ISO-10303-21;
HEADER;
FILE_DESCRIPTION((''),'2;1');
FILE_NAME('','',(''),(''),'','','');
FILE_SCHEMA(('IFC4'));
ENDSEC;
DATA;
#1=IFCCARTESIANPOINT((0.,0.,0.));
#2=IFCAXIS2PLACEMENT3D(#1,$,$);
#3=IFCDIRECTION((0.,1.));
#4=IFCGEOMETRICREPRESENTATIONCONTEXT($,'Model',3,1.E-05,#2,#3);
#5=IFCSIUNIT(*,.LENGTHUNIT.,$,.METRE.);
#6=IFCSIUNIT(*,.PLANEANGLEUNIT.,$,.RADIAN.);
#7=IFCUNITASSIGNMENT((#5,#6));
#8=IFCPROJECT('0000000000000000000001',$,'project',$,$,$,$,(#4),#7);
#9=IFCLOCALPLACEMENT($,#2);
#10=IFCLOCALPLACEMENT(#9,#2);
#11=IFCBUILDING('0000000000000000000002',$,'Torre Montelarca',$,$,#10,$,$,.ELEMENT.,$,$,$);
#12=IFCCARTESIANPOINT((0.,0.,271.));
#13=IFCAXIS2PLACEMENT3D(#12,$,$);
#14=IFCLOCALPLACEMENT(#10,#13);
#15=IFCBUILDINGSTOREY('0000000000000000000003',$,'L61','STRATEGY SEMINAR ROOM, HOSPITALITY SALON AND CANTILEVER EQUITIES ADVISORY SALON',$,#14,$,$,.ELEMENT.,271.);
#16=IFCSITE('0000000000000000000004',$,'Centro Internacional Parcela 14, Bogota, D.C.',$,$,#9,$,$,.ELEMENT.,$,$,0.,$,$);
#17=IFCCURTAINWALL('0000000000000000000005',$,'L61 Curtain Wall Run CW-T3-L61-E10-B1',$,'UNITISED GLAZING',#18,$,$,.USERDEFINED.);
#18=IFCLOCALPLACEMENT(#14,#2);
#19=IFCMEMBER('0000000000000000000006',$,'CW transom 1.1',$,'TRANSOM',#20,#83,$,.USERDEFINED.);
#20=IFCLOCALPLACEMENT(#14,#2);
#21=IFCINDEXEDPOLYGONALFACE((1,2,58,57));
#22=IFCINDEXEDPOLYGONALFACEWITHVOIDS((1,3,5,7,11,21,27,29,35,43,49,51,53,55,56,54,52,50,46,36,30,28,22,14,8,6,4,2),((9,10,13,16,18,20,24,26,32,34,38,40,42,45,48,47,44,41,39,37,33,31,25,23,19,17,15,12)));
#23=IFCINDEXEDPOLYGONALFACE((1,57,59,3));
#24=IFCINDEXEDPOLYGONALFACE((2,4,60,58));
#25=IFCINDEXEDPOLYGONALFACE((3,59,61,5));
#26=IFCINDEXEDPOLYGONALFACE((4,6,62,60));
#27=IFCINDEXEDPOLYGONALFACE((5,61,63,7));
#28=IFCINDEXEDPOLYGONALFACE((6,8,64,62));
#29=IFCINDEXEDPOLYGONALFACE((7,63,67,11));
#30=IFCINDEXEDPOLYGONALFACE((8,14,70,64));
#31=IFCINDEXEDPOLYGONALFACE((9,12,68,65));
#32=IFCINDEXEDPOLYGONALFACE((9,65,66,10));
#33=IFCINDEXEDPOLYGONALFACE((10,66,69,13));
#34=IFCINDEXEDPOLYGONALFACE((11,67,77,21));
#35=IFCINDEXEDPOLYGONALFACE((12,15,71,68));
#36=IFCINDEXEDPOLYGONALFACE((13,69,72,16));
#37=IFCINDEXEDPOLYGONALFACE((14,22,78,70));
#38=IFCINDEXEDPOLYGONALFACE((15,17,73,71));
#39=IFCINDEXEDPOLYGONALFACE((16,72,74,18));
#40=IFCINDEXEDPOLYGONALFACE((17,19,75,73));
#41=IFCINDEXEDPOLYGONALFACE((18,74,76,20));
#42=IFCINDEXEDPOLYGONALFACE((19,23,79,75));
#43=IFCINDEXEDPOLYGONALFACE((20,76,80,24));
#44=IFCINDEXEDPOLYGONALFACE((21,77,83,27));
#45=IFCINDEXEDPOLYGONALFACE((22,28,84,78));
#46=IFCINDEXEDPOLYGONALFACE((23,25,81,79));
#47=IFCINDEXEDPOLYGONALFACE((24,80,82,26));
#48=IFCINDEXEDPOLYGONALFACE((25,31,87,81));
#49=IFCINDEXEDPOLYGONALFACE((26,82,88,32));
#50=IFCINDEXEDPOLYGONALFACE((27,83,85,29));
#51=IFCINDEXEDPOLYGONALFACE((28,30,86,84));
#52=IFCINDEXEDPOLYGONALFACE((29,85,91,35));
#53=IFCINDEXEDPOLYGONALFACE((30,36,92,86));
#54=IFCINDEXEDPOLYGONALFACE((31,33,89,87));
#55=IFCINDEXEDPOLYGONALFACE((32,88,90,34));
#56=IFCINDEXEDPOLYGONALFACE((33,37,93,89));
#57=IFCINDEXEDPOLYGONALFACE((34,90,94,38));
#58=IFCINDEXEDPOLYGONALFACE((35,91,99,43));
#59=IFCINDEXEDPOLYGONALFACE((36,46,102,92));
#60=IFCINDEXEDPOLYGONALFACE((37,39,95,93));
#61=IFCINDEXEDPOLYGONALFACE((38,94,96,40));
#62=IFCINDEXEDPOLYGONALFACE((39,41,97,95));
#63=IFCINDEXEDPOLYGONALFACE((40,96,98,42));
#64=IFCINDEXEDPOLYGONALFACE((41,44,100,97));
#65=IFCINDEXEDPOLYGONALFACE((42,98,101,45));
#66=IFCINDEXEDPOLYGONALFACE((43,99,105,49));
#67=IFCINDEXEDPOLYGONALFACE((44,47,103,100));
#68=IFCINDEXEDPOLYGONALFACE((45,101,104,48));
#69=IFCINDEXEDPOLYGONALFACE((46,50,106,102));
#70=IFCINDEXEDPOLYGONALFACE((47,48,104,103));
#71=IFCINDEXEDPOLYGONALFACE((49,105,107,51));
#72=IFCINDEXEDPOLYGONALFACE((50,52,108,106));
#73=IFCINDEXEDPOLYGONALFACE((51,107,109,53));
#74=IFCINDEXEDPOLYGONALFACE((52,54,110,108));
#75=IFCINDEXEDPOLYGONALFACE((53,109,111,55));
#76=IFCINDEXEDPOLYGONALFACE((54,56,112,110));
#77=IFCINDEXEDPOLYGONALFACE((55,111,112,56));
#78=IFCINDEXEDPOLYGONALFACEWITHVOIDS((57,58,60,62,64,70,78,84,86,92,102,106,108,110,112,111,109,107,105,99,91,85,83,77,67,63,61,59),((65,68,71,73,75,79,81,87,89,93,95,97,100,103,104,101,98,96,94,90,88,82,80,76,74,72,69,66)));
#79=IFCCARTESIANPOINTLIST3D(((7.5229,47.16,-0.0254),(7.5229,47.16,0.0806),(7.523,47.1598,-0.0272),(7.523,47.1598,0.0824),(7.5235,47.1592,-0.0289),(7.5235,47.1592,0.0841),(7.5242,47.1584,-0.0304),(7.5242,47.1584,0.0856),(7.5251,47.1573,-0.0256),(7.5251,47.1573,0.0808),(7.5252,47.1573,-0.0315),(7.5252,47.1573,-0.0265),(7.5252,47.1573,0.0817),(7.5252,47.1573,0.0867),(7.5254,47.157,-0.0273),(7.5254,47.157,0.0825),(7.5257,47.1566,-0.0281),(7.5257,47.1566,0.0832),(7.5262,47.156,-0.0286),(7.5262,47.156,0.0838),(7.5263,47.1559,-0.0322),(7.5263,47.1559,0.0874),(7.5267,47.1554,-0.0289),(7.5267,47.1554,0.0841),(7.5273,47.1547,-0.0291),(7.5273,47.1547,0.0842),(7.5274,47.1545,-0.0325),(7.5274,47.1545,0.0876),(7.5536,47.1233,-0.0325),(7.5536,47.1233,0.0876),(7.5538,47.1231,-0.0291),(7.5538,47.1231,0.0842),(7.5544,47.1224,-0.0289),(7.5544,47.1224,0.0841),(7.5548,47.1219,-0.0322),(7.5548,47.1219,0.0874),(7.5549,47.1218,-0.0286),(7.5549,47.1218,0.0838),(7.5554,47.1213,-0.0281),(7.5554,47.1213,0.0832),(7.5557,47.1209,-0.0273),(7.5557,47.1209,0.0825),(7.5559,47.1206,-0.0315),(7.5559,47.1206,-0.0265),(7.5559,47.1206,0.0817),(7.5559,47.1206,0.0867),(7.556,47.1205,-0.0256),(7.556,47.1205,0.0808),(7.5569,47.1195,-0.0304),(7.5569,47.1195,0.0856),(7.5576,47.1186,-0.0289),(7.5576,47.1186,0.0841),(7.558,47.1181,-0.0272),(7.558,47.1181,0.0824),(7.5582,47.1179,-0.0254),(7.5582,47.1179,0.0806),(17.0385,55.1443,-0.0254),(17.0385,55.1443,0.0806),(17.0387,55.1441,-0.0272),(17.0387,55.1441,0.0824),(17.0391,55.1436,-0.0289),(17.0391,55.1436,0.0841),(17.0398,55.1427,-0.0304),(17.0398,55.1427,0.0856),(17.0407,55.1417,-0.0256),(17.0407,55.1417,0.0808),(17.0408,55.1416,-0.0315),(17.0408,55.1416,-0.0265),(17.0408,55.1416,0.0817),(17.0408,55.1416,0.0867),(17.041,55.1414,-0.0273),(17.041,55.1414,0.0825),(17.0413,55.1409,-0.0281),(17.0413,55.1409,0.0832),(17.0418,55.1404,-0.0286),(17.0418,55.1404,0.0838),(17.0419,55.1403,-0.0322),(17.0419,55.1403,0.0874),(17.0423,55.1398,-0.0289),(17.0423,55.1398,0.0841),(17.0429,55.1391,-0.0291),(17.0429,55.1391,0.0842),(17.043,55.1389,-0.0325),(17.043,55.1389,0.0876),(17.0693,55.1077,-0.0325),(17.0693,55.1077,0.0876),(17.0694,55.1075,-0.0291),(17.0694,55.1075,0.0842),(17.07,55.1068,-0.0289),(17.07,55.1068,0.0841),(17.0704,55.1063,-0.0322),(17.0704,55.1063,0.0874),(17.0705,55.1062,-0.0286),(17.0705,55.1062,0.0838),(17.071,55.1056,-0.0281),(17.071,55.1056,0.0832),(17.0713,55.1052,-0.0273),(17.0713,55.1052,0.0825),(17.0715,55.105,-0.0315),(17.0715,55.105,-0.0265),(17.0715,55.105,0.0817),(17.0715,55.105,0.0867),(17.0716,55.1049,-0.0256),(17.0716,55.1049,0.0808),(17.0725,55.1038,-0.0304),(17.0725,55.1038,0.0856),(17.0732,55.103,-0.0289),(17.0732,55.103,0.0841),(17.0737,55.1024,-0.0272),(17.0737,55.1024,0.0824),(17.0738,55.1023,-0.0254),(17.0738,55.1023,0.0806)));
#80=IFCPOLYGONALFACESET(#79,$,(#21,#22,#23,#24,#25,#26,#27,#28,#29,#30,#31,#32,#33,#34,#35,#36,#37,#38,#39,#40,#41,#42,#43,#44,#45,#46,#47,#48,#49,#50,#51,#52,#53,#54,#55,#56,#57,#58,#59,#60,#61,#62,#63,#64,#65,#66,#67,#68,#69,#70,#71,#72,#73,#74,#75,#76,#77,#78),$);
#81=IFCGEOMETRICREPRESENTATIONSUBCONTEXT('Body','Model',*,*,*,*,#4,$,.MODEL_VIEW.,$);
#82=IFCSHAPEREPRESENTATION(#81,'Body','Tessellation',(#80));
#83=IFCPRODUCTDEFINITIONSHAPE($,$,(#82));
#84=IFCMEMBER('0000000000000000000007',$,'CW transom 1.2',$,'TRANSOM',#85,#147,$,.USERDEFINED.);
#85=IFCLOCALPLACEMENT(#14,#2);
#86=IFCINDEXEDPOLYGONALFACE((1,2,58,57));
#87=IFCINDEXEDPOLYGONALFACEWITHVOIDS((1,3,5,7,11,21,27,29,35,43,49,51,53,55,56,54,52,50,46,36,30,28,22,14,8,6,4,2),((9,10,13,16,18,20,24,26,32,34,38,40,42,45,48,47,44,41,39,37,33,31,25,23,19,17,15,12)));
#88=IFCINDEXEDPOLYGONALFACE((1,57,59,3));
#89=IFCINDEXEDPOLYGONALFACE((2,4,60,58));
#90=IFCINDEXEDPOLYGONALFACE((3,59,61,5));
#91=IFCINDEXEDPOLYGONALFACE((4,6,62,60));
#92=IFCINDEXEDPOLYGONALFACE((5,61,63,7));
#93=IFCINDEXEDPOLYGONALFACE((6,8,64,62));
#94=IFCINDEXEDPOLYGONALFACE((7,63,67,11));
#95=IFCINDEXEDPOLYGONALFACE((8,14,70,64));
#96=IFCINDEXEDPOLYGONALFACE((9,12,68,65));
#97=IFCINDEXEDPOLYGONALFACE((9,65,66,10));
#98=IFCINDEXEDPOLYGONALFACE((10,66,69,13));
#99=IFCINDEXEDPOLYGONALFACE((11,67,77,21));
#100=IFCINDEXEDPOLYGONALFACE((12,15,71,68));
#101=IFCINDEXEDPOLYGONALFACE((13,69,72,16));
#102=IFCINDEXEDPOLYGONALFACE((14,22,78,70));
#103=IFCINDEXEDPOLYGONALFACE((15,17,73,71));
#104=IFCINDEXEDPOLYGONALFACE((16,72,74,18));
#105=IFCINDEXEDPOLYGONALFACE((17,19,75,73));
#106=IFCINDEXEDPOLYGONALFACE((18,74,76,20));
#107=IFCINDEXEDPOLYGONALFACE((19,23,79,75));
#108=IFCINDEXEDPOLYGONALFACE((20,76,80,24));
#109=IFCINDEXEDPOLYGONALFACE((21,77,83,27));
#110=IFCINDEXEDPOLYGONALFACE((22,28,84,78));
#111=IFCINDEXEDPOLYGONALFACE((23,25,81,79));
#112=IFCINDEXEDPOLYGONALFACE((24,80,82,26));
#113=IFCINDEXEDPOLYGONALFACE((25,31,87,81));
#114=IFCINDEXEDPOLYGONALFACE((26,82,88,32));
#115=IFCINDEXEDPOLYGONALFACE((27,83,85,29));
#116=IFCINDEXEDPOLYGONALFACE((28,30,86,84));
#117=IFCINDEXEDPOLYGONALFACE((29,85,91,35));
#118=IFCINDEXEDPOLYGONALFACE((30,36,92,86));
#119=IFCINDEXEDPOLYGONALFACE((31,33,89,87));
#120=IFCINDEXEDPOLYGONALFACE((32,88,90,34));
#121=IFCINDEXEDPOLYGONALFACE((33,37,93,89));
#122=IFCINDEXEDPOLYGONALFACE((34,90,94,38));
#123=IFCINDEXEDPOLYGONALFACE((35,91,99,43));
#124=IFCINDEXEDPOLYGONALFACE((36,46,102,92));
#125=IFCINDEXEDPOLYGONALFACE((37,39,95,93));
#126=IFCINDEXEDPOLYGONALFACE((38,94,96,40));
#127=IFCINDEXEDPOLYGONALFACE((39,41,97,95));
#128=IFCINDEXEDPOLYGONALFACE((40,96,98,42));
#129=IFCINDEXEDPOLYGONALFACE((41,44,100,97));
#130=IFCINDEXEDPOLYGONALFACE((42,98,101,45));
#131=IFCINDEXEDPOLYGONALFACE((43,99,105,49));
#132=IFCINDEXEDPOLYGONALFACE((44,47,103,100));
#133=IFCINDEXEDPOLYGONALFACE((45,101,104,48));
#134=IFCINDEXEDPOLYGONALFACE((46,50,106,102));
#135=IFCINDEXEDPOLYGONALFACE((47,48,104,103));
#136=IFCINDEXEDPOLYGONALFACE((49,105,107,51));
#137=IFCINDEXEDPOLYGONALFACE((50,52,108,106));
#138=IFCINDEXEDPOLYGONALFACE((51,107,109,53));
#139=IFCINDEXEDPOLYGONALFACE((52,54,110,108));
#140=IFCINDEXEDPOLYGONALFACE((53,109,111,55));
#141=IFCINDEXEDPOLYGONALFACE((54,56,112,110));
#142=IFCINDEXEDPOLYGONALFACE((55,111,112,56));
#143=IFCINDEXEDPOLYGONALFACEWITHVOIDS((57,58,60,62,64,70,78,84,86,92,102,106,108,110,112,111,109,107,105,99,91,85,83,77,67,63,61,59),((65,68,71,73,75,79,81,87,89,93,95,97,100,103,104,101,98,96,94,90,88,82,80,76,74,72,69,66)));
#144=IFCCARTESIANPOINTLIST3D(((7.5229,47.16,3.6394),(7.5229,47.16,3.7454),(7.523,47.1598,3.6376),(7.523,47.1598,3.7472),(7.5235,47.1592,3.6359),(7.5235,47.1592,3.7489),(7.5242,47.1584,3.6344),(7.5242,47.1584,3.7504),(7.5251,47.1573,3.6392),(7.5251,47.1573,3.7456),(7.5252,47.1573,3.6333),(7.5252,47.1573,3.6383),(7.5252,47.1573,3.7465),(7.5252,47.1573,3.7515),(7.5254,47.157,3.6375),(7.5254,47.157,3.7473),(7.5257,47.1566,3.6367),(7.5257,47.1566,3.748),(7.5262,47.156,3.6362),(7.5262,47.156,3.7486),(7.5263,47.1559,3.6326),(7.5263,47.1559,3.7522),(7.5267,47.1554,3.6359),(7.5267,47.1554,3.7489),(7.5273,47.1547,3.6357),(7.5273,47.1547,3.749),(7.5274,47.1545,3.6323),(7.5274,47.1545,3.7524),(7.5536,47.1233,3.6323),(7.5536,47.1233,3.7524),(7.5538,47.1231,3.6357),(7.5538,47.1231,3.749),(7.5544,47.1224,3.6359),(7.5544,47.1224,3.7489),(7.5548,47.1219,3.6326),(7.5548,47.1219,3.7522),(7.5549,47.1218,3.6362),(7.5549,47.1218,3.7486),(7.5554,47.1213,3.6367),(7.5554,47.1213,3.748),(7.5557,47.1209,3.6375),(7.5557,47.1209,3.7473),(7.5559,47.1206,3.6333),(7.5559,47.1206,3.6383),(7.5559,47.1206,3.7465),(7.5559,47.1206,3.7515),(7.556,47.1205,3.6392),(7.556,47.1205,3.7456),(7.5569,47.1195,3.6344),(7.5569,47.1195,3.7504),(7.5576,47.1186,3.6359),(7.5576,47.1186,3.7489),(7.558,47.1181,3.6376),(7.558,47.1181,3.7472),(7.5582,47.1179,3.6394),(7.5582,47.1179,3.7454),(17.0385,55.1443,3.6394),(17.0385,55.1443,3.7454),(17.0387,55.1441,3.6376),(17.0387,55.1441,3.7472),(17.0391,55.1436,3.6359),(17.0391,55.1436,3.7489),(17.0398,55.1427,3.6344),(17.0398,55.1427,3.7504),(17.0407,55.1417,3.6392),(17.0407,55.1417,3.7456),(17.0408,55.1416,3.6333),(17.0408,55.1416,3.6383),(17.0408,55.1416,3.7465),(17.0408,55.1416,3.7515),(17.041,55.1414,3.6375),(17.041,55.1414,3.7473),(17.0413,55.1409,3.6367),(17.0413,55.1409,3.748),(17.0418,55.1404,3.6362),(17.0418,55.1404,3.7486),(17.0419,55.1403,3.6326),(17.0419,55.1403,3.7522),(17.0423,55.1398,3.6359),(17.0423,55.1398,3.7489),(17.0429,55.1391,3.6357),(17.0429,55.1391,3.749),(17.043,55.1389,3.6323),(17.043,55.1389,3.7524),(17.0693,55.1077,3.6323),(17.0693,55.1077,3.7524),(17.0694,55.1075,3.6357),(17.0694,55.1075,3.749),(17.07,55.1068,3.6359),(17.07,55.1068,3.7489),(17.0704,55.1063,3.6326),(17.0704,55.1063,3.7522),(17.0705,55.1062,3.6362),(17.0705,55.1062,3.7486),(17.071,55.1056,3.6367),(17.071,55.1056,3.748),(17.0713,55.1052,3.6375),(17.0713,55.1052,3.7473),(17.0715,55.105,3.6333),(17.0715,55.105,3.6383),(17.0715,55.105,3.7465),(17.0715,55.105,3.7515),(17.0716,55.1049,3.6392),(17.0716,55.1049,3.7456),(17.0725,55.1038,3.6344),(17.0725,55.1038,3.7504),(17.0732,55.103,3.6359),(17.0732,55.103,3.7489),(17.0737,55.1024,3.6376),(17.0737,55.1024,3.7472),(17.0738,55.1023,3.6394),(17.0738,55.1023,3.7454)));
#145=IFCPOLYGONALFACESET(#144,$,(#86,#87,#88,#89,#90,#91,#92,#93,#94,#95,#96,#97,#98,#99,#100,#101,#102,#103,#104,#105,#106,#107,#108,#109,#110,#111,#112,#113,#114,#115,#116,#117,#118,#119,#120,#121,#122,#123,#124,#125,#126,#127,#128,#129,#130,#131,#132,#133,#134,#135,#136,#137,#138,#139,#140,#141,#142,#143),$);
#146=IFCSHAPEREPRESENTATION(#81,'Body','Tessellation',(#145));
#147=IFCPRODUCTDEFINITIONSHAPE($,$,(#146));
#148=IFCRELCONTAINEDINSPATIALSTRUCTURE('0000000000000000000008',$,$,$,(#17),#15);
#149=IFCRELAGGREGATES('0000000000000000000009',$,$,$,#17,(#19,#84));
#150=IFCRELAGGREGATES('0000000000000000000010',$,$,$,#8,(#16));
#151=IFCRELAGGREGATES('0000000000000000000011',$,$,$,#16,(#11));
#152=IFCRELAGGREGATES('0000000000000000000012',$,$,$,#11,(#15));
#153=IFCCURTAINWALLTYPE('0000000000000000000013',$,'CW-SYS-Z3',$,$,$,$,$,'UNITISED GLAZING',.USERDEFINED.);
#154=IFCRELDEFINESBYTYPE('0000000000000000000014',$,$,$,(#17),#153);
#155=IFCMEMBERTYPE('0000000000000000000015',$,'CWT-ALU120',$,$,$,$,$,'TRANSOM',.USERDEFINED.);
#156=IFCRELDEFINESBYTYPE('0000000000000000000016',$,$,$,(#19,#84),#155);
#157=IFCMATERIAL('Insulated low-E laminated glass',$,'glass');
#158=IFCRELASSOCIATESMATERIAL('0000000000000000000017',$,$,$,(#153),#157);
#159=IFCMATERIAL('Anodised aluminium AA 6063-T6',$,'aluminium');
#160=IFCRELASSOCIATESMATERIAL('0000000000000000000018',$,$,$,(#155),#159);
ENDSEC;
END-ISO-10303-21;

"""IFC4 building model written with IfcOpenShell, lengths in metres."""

from ifc_helpers import new_model, si_unit, direction, frame, origin, origin_2d, place, context, subcontext, project, spatial, hollow_rectangle, extrude, source, transform, mapped, material, material_profile, profile_set, type_object, element, aggregate, save


model = new_model("IFC4")

# Units and contexts
model_context = context("Model", 3, precision=1e-05, world=origin(), true_north=direction((0.0, 1.0)))
body_context = subcontext(model_context, "Body", "Model", "MODEL_VIEW")
ifc_project = project(units=[si_unit("LENGTHUNIT", "METRE"), si_unit("PLANEANGLEUNIT", "RADIAN")], contexts=[model_context])

# Site, building, storey
site_placement = place(None, origin())
site = spatial("IfcSite", under=ifc_project, at=site_placement, Name="Centro Internacional Parcela 14, Bogota, D.C.", CompositionType="ELEMENT", RefElevation=0.0)
building_placement = place(site_placement, origin())
building = spatial("IfcBuilding", under=site, at=building_placement, Name="Torre Montelarca", CompositionType="ELEMENT")
storey_placement = place(building_placement, frame((0.0, 0.0, 271.0)))
storey = spatial("IfcBuildingStorey", under=building, at=storey_placement, Name="L61", Description="STRATEGY SEMINAR ROOM, HOSPITALITY SALON AND CANTILEVER EQUITIES ADVISORY SALON", CompositionType="ELEMENT", Elevation=271.0)

# Curtain wall, members
ifc_material_1 = material(Name="Insulated low-E laminated glass", Category="glass")
curtain_wall_type = type_object("IfcCurtainWallType", Name="CW-SYS-Z3", ElementType="UNITISED GLAZING", PredefinedType="USERDEFINED", material=ifc_material_1)
ifc_material_2 = material(Name="Anodised aluminium AA 6063-T6", Category="aluminium")
ifc_material_profile_1 = material_profile(ifc_material_2, hollow_rectangle(XDim=0.0549, YDim=0.1201, WallThickness=0.0034, InnerFilletRadius=0.0034, OuterFilletRadius=0.0071, at=origin_2d()), Name="ALU55X120X3.5", Category="aluminium")
ifc_profile_set_1 = profile_set([ifc_material_profile_1], Name="Anodised aluminium AA 6063-T6")
member_type_1 = type_object("IfcMemberType", Name="CWT-ALU120", ElementType="TRANSOM", PredefinedType="USERDEFINED", material=ifc_profile_set_1)
curtain_wall_1_placement = place(storey_placement, origin())
curtain_wall_1 = element("IfcCurtainWall", 1, at=curtain_wall_1_placement, inside=storey, type_object=curtain_wall_type, Name="L61 Curtain Wall Run CW-T3-L61-E10-B1", ObjectType="UNITISED GLAZING", PredefinedType="USERDEFINED")
shared_shape_1 = source(origin(), body_context, "Body", "SweptSolid", [
    extrude(hollow_rectangle(XDim=0.0549, YDim=0.1201, WallThickness=0.0034, InnerFilletRadius=0.0034, OuterFilletRadius=0.0071, at=origin_2d()), origin(), (0.0, 0.0, 1.0), 12.4216),
])
member_1_placement = place(storey_placement, frame((17.0562, 55.1233, 0.0276), z_axis=(-0.766052, -0.642779, 0.0), x_axis=(0.642779, -0.766052, 0.0)))
member_1 = element("IfcMember", 2, at=member_1_placement, type_object=member_type_1, Name="CW transom 1.1", ObjectType="TRANSOM", PredefinedType="USERDEFINED", context=body_context, shape_type="MappedRepresentation", body=[
    mapped(shared_shape_1, transform((0.0, 0.0, 0.0), scale=1.0)),
])
member_2_placement = place(storey_placement, frame((17.0562, 55.1233, 3.6924), z_axis=(-0.766052, -0.642779, 0.0), x_axis=(0.642779, -0.766052, 0.0)))
member_2 = element("IfcMember", 3, at=member_2_placement, type_object=member_type_1, Name="CW transom 1.2", ObjectType="TRANSOM", PredefinedType="USERDEFINED", context=body_context, shape_type="MappedRepresentation", body=[
    mapped(shared_shape_1, transform((0.0, 0.0, 0.0), scale=1.0)),
])

aggregate(curtain_wall_1, [member_1, member_2])

save(model, "model.ifc")
